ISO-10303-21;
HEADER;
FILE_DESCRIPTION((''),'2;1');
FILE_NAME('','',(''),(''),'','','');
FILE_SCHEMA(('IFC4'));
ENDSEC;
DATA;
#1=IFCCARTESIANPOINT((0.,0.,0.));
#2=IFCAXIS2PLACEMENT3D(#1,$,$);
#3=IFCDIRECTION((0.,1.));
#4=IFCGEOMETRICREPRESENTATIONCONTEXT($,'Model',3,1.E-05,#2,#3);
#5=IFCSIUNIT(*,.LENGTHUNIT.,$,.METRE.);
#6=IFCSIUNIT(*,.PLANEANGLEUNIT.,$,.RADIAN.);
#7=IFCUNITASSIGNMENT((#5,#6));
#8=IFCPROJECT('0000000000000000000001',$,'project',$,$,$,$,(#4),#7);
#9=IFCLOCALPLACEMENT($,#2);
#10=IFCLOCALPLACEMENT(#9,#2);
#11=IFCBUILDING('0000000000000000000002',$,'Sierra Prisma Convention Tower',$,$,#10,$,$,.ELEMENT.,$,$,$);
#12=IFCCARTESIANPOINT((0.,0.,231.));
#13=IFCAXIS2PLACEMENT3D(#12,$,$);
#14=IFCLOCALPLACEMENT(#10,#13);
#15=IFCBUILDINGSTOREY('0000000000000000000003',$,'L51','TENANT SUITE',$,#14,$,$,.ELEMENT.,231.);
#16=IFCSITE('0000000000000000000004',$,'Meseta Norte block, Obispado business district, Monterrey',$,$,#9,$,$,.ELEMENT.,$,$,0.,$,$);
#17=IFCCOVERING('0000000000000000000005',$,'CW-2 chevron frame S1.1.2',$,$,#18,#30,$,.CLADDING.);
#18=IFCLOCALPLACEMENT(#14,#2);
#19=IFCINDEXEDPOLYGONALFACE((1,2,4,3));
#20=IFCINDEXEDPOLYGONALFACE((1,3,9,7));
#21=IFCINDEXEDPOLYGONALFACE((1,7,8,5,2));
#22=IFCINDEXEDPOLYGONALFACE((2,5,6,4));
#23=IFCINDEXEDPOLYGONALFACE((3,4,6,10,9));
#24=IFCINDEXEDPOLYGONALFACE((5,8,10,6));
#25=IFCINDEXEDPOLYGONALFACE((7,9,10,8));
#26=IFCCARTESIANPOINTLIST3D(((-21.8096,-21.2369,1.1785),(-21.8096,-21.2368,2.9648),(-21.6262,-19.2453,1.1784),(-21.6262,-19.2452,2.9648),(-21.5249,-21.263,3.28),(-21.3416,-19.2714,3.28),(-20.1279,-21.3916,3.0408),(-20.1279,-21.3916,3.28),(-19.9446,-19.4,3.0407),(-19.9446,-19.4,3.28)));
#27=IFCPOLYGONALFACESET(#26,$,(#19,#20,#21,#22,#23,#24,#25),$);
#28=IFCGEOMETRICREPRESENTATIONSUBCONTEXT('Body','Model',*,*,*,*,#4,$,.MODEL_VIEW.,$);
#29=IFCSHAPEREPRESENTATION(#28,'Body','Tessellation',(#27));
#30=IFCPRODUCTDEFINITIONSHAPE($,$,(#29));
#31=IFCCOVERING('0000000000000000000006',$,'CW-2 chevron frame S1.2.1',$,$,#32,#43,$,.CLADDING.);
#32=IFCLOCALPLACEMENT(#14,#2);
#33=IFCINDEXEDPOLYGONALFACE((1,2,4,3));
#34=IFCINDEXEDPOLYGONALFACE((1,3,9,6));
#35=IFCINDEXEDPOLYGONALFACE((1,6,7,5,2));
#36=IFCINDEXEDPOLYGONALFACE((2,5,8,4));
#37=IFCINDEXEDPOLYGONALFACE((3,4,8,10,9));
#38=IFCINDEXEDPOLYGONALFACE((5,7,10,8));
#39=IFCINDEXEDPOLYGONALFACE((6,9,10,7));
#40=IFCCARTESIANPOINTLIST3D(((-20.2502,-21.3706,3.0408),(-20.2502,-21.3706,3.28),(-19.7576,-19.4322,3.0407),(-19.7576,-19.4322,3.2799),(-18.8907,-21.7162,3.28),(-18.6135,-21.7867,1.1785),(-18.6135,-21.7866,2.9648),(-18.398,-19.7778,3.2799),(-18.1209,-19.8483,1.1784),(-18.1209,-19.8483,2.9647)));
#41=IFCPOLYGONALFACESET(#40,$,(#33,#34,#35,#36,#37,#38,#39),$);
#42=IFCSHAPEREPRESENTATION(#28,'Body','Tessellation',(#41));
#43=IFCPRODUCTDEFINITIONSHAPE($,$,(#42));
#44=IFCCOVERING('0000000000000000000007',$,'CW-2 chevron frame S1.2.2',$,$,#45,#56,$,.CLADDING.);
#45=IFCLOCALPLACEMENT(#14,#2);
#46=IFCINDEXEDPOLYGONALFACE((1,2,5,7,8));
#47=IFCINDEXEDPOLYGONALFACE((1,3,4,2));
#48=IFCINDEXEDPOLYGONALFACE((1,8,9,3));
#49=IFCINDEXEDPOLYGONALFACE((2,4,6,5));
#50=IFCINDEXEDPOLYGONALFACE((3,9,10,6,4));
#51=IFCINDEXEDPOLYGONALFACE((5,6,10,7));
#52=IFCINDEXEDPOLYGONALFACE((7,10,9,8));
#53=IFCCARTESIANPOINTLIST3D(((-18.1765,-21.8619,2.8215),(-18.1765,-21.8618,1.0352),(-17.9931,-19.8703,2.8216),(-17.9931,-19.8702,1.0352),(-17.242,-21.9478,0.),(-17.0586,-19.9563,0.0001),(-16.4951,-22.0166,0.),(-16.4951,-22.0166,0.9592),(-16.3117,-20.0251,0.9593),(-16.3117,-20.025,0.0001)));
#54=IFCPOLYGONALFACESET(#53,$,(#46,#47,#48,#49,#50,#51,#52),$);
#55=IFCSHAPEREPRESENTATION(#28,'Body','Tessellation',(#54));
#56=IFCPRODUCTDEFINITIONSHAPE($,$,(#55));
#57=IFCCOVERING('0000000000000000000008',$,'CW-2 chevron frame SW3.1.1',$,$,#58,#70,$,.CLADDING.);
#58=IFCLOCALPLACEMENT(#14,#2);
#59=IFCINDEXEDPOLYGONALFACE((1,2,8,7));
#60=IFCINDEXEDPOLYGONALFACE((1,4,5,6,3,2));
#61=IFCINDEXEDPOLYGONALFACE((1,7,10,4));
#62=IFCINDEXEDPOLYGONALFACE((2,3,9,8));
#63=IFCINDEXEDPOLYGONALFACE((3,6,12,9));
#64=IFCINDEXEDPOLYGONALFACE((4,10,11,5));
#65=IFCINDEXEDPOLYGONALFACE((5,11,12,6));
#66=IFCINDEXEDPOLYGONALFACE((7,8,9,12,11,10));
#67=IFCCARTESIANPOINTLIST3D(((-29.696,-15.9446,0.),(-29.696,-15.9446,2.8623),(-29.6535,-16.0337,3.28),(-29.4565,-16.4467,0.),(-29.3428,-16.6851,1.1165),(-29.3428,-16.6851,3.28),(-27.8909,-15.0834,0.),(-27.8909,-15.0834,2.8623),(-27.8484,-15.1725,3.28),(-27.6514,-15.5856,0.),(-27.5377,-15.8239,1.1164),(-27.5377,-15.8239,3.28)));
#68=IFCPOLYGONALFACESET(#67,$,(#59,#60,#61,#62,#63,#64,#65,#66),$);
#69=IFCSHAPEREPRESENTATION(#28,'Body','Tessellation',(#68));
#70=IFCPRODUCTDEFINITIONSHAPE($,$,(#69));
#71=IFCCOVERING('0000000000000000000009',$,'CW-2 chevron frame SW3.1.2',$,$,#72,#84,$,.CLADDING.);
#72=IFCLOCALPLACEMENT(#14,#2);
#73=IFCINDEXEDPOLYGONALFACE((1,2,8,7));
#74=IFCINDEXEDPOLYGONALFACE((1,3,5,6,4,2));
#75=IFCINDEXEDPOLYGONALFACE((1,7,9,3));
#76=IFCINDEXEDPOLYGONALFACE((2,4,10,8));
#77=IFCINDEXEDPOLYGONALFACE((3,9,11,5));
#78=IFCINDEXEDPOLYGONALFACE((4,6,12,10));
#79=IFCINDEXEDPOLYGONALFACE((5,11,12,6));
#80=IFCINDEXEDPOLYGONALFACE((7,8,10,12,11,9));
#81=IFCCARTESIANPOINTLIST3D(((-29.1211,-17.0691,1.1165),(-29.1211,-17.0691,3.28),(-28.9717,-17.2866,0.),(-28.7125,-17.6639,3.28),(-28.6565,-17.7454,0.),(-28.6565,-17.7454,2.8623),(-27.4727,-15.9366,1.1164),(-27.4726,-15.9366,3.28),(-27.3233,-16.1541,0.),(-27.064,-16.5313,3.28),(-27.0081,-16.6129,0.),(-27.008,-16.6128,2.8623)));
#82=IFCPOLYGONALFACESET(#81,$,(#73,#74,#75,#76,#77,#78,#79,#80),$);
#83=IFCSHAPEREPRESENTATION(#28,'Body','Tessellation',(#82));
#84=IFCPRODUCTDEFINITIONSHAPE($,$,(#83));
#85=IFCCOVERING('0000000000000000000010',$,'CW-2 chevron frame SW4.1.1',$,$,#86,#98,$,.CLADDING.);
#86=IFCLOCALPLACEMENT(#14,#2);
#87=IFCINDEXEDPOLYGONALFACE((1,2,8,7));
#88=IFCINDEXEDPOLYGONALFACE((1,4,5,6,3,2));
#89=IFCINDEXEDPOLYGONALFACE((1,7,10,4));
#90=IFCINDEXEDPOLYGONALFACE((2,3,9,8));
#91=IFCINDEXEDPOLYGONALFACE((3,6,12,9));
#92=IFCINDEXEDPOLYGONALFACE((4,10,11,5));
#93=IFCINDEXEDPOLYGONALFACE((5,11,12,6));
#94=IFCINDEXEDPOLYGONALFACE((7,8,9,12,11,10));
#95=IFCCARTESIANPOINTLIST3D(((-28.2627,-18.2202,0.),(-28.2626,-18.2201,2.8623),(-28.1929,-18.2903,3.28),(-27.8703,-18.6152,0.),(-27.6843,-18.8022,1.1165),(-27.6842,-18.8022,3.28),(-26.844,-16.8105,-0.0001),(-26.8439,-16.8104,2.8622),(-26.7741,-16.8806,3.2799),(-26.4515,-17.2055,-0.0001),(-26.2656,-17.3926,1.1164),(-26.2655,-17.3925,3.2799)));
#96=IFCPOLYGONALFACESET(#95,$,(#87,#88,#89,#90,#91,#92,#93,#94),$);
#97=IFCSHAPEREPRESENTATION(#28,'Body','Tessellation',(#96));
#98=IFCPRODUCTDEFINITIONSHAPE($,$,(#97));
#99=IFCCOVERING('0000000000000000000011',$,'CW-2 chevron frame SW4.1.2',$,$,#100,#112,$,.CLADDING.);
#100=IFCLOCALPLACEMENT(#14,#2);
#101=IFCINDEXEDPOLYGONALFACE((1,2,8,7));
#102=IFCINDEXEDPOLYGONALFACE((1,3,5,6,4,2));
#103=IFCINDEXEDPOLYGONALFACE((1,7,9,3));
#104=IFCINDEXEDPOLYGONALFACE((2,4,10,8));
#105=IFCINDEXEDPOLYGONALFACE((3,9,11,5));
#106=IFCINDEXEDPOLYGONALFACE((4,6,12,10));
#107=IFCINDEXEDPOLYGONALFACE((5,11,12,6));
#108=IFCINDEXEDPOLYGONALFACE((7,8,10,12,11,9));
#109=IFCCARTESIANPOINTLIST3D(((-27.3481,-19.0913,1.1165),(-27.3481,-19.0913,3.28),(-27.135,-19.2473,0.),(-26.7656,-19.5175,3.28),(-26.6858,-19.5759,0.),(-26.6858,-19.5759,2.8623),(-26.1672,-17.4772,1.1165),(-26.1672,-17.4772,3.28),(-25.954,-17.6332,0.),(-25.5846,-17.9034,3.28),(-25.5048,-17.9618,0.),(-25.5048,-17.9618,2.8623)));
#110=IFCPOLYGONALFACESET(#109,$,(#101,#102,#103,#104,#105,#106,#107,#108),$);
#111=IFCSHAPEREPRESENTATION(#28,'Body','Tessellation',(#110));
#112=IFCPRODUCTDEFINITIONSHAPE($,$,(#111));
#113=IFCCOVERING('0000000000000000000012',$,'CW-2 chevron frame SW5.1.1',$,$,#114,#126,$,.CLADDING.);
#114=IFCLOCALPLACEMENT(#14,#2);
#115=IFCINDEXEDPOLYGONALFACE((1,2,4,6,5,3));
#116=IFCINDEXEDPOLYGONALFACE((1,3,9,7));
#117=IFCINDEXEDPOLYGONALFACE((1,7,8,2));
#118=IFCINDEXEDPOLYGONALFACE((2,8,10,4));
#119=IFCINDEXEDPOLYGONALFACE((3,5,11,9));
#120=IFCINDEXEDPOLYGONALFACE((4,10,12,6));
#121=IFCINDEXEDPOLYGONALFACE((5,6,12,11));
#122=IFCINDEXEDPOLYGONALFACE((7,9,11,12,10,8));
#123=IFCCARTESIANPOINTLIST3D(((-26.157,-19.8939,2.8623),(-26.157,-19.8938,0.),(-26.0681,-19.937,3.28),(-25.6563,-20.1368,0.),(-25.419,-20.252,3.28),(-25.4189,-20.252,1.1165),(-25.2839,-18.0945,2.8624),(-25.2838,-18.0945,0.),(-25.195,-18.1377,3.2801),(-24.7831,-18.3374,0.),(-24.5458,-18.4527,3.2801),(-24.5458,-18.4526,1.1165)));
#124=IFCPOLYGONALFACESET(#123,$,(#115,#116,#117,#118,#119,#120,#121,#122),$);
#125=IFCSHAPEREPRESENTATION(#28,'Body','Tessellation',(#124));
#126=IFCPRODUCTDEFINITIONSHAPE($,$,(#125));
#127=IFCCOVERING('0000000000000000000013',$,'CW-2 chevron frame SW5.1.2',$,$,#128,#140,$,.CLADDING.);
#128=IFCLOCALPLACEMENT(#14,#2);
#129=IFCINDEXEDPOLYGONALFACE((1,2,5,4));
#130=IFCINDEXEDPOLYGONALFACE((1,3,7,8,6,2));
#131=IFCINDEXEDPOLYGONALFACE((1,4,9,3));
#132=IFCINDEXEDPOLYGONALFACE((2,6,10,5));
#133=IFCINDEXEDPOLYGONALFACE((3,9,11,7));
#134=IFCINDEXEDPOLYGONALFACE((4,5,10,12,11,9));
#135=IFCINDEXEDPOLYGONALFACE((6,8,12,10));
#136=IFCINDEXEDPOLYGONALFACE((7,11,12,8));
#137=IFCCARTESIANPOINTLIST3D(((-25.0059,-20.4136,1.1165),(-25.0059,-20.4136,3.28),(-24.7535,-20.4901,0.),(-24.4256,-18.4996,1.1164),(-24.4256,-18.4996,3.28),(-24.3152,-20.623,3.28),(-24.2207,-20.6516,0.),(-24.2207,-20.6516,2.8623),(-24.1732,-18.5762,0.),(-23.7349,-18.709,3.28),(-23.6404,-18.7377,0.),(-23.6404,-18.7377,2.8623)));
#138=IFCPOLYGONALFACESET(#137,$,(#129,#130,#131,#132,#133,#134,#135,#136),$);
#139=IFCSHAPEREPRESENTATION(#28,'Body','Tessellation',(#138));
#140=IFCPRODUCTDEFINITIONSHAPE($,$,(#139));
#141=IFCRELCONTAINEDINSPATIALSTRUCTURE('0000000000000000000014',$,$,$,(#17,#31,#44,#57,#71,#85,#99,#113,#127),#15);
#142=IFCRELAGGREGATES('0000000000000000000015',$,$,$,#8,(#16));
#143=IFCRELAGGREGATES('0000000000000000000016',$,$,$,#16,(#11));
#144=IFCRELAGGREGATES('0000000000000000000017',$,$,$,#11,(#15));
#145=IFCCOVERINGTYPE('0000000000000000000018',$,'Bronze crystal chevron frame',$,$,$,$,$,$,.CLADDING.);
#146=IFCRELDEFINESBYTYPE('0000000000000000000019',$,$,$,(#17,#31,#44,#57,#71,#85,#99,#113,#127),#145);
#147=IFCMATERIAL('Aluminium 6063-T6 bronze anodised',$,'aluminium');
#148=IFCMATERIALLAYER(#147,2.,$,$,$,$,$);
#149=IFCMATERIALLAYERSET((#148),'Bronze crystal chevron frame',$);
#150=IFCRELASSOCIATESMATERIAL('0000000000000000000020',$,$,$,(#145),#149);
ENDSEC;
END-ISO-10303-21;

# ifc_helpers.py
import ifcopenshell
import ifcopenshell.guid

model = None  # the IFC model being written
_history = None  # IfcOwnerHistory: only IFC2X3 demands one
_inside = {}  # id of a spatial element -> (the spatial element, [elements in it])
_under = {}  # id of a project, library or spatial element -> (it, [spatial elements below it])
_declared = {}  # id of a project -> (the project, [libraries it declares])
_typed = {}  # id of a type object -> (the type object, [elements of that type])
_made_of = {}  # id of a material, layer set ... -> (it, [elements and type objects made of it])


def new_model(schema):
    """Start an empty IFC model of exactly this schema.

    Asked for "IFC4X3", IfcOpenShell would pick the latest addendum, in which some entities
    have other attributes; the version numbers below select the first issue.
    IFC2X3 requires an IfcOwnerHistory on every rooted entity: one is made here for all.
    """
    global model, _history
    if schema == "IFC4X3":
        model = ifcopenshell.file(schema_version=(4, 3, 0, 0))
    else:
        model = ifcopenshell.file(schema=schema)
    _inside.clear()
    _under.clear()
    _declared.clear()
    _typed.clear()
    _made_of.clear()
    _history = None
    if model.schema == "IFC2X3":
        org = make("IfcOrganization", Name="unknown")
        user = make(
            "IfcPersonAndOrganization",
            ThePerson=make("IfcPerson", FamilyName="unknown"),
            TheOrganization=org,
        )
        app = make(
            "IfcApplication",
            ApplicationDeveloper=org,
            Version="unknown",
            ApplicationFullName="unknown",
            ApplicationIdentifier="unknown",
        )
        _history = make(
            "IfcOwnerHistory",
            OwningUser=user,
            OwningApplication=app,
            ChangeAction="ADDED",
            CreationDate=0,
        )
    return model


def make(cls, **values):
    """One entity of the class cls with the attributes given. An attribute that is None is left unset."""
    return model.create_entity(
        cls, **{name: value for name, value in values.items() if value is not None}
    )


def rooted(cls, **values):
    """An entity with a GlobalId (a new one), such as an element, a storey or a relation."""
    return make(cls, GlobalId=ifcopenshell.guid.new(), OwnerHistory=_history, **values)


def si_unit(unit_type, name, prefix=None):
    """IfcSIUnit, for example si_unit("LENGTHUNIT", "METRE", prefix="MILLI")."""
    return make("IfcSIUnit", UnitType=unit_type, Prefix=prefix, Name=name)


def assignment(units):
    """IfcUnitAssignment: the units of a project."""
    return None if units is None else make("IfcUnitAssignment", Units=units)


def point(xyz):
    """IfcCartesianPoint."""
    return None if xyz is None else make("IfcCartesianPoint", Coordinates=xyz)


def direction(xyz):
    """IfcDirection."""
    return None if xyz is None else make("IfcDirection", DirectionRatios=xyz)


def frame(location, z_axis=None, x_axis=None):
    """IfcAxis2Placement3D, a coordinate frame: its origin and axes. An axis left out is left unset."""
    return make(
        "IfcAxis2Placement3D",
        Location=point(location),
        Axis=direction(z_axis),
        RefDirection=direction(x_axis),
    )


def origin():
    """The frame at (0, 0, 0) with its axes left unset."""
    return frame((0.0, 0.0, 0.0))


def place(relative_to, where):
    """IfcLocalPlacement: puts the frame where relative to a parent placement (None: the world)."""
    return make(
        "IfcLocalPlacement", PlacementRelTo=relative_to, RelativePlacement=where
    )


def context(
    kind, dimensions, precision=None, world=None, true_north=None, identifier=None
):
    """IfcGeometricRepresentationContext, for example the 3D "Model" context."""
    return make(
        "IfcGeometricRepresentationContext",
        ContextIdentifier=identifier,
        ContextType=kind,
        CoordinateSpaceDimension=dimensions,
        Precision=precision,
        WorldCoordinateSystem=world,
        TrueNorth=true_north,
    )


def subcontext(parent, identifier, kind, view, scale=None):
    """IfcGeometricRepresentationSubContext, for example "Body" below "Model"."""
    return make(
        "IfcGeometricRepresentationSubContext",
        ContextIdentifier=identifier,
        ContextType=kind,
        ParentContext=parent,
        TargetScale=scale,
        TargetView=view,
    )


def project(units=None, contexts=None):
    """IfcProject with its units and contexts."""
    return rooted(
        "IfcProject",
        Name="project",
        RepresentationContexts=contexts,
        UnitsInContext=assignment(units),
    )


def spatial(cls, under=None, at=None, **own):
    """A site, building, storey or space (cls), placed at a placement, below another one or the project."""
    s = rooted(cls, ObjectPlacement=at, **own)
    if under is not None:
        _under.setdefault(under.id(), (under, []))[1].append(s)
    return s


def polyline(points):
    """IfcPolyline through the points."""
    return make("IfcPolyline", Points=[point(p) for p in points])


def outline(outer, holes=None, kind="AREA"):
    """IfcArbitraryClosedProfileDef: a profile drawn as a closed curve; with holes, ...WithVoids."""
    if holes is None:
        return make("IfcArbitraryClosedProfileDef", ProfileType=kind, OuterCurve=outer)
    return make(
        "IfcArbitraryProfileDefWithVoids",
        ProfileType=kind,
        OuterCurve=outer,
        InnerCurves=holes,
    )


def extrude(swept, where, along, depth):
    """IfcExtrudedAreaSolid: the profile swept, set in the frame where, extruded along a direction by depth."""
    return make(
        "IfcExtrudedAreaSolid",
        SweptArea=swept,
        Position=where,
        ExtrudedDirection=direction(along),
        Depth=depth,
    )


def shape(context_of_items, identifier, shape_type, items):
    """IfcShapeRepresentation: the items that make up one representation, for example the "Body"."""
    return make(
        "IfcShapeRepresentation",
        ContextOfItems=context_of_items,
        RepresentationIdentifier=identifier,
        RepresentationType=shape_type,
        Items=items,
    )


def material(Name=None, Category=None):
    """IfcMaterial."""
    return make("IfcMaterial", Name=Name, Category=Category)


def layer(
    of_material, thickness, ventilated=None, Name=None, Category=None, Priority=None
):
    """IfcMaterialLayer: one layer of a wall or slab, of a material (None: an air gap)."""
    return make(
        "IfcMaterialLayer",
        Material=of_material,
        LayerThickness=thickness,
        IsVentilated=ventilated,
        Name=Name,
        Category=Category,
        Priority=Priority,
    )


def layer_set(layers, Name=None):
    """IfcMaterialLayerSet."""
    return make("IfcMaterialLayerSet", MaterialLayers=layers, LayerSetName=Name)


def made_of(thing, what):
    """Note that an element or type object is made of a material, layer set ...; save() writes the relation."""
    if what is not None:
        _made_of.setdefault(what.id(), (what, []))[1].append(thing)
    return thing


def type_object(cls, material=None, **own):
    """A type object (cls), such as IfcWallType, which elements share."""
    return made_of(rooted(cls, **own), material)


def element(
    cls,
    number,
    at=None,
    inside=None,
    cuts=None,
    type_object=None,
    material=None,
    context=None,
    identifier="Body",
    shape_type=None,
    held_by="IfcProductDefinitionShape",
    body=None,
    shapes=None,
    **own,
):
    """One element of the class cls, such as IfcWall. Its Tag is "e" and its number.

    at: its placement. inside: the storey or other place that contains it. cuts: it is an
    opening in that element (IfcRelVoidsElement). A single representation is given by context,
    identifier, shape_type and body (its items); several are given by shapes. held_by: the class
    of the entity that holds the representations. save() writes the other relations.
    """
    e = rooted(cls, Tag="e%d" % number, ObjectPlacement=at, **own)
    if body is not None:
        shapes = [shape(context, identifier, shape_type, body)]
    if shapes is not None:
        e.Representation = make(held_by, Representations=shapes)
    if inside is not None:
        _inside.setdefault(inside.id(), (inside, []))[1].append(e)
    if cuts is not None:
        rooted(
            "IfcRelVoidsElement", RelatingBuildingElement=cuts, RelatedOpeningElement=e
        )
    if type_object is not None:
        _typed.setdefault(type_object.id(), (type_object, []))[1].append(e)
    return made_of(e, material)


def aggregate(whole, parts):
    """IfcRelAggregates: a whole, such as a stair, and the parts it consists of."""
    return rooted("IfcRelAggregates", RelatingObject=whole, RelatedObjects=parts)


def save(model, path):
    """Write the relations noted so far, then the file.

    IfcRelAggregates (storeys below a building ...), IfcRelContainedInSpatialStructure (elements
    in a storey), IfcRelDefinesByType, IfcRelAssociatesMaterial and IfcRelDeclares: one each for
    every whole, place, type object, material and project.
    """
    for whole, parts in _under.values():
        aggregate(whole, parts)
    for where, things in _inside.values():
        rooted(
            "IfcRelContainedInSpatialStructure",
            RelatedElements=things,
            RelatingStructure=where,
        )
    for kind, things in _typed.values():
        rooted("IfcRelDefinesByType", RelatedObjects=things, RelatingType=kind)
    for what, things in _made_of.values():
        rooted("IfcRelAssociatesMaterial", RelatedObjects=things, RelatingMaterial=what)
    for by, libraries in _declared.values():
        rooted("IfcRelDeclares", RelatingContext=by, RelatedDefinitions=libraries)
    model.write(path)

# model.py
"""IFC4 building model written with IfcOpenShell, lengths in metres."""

from ifc_helpers import new_model, si_unit, direction, frame, origin, place, context, subcontext, project, spatial, polyline, outline, extrude, material, layer, layer_set, type_object, element, save


model = new_model("IFC4")

# Units and contexts
model_context = context("Model", 3, precision=1e-05, world=origin(), true_north=direction((0.0, 1.0)))
body_context = subcontext(model_context, "Body", "Model", "MODEL_VIEW")
ifc_project = project(units=[si_unit("LENGTHUNIT", "METRE"), si_unit("PLANEANGLEUNIT", "RADIAN")], contexts=[model_context])

# Site, building, storey
site_placement = place(None, origin())
site = spatial("IfcSite", under=ifc_project, at=site_placement, Name="Meseta Norte block, Obispado business district, Monterrey", CompositionType="ELEMENT", RefElevation=0.0)
building_placement = place(site_placement, origin())
building = spatial("IfcBuilding", under=site, at=building_placement, Name="Sierra Prisma Convention Tower", CompositionType="ELEMENT")
storey_placement = place(building_placement, frame((0.0, 0.0, 231.0)))
storey = spatial("IfcBuildingStorey", under=building, at=storey_placement, Name="L51", Description="TENANT SUITE", CompositionType="ELEMENT", Elevation=231.0)

# Coverings
ifc_material_1 = material(Name="Aluminium 6063-T6 bronze anodised", Category="aluminium")
ifc_layer_1 = layer(ifc_material_1, 2.0)
ifc_layer_set_1 = layer_set([ifc_layer_1], Name="Bronze crystal chevron frame")
covering_type = type_object("IfcCoveringType", Name="Bronze crystal chevron frame", PredefinedType="CLADDING", material=ifc_layer_set_1)
covering_1_placement = place(storey_placement, frame((-21.8096, -21.2368, 2.9648), z_axis=(-0.091663, -0.99579, 0.000034), x_axis=(-0.000003, -0.000034, -1.0)))
element("IfcCovering", 1, at=covering_1_placement, inside=storey, type_object=covering_type, Name="CW-2 chevron frame S1.1.2", PredefinedType="CLADDING", context=body_context, shape_type="SweptSolid", body=[
    extrude(outline(polyline([(0.0, 0.0), (1.7864, 0.0), (-0.0759, 1.6887), (-0.3152, 1.6887), (-0.3152, 0.2859), (0.0, 0.0)])), origin(), (0.0, 0.0, -1.0), 2.0),
])
covering_2_placement = place(storey_placement, frame((-20.2502, -21.3706, 3.28), z_axis=(-0.246334, -0.969185, 0.000053), x_axis=(-0.000013, -0.000051, -1.0)))
element("IfcCovering", 2, at=covering_2_placement, inside=storey, type_object=covering_type, Name="CW-2 chevron frame S1.2.1", PredefinedType="CLADDING", context=body_context, shape_type="SweptSolid", body=[
    extrude(outline(polyline([(0.0, 0.0), (0.2393, 0.0), (2.1016, 1.6888), (0.3152, 1.6888), (0.0, 1.4028), (0.0, 0.0)])), origin(), (0.0, 0.0, -1.0), 2.0),
])
covering_3_placement = place(storey_placement, frame((-16.4951, -22.0166, 0.0), z_axis=(-0.091688, -0.995788, -0.00003), x_axis=(-0.000003, -0.00003, 1.0)))
element("IfcCovering", 3, at=covering_3_placement, inside=storey, type_object=covering_type, Name="CW-2 chevron frame S1.2.2", PredefinedType="CLADDING", context=body_context, shape_type="SweptSolid", body=[
    extrude(outline(polyline([(0.0, 0.0), (0.9592, 0.0), (2.8215, 1.6885), (1.0352, 1.6885), (0.0, 0.75), (0.0, 0.0)])), origin(), (0.0, 0.0, -1.0), 2.0),
])
covering_4_placement = place(storey_placement, frame((-29.696, -15.9446, 0.0), z_axis=(-0.902553, -0.430578, 0.000008), x_axis=(0.430578, -0.902553, 0.0)))
element("IfcCovering", 4, at=covering_4_placement, inside=storey, type_object=covering_type, Name="CW-2 chevron frame SW3.1.1", PredefinedType="CLADDING", context=body_context, shape_type="SweptSolid", body=[
    extrude(outline(polyline([(0.0, 0.0), (0.5564, 0.0), (0.8204, 1.1165), (0.8204, 3.28), (0.0987, 3.28), (0.0, 2.8623), (0.0, 0.0)])), origin(), (0.0, 0.0, -1.0), 2.0),
])
covering_5_placement = place(storey_placement, frame((-29.1211, -17.0691, 3.28), z_axis=(-0.824226, -0.566262, 0.000019), x_axis=(-0.000016, -0.000011, -1.0)))
element("IfcCovering", 5, at=covering_5_placement, inside=storey, type_object=covering_type, Name="CW-2 chevron frame SW3.1.2", PredefinedType="CLADDING", context=body_context, shape_type="SweptSolid", body=[
    extrude(outline(polyline([(0.0, 0.0), (2.1636, 0.0), (3.28, 0.2639), (3.28, 0.8205), (0.4177, 0.8205), (0.0, 0.7216), (0.0, 0.0)])), origin(), (0.0, 0.0, -1.0), 2.0),
])
covering_6_placement = place(storey_placement, frame((-28.2627, -18.2202, 0.0), z_axis=(-0.709365, -0.704841, 0.000046), x_axis=(0.704841, -0.709365, 0.0)))
element("IfcCovering", 6, at=covering_6_placement, inside=storey, type_object=covering_type, Name="CW-2 chevron frame SW4.1.1", PredefinedType="CLADDING", context=body_context, shape_type="SweptSolid", body=[
    extrude(outline(polyline([(0.0, 0.0), (0.5567, 0.0), (0.8205, 1.1165), (0.8205, 3.28), (0.0989, 3.28), (0.0, 2.8623), (0.0, 0.0)])), origin(), (0.0, 0.0, -1.0), 2.0),
])
covering_7_placement = place(storey_placement, frame((-27.3481, -19.0913, 3.28), z_axis=(-0.590481, -0.807052, 0.0), x_axis=(0.0, 0.0, -1.0)))
element("IfcCovering", 7, at=covering_7_placement, inside=storey, type_object=covering_type, Name="CW-2 chevron frame SW4.1.2", PredefinedType="CLADDING", context=body_context, shape_type="SweptSolid", body=[
    extrude(outline(polyline([(0.0, 0.0), (2.1636, 0.0), (3.28, 0.2641), (3.28, 0.8207), (0.4177, 0.8207), (0.0, 0.7218), (0.0, 0.0)])), origin(), (0.0, 0.0, -1.0), 2.0),
])
covering_8_placement = place(storey_placement, frame((-26.157, -19.8938, 0.0), z_axis=(-0.436568, -0.899671, -0.000024), x_axis=(0.899671, -0.436568, 0.0)))
element("IfcCovering", 8, at=covering_8_placement, inside=storey, type_object=covering_type, Name="CW-2 chevron frame SW5.1.1", PredefinedType="CLADDING", context=body_context, shape_type="SweptSolid", body=[
    extrude(outline(polyline([(0.0, 0.0), (0.5565, 0.0), (0.8203, 1.1165), (0.8203, 3.28), (0.0988, 3.28), (0.0, 2.8623), (0.0, 0.0)])), origin(), (0.0, 0.0, -1.0), 2.0),
])
covering_9_placement = place(storey_placement, frame((-25.0059, -20.4136, 3.28), z_axis=(-0.290143, -0.956983, 0.000007), x_axis=(-0.000002, -0.000007, -1.0)))
element("IfcCovering", 9, at=covering_9_placement, inside=storey, type_object=covering_type, Name="CW-2 chevron frame SW5.1.2", PredefinedType="CLADDING", context=body_context, shape_type="SweptSolid", body=[
    extrude(outline(polyline([(0.0, 0.0), (2.1636, 0.0), (3.28, 0.2638), (3.28, 0.8204), (0.4177, 0.8204), (0.0, 0.7217), (0.0, 0.0)])), origin(), (0.0, 0.0, -1.0), 2.0),
])

save(model, "model.ifc")
